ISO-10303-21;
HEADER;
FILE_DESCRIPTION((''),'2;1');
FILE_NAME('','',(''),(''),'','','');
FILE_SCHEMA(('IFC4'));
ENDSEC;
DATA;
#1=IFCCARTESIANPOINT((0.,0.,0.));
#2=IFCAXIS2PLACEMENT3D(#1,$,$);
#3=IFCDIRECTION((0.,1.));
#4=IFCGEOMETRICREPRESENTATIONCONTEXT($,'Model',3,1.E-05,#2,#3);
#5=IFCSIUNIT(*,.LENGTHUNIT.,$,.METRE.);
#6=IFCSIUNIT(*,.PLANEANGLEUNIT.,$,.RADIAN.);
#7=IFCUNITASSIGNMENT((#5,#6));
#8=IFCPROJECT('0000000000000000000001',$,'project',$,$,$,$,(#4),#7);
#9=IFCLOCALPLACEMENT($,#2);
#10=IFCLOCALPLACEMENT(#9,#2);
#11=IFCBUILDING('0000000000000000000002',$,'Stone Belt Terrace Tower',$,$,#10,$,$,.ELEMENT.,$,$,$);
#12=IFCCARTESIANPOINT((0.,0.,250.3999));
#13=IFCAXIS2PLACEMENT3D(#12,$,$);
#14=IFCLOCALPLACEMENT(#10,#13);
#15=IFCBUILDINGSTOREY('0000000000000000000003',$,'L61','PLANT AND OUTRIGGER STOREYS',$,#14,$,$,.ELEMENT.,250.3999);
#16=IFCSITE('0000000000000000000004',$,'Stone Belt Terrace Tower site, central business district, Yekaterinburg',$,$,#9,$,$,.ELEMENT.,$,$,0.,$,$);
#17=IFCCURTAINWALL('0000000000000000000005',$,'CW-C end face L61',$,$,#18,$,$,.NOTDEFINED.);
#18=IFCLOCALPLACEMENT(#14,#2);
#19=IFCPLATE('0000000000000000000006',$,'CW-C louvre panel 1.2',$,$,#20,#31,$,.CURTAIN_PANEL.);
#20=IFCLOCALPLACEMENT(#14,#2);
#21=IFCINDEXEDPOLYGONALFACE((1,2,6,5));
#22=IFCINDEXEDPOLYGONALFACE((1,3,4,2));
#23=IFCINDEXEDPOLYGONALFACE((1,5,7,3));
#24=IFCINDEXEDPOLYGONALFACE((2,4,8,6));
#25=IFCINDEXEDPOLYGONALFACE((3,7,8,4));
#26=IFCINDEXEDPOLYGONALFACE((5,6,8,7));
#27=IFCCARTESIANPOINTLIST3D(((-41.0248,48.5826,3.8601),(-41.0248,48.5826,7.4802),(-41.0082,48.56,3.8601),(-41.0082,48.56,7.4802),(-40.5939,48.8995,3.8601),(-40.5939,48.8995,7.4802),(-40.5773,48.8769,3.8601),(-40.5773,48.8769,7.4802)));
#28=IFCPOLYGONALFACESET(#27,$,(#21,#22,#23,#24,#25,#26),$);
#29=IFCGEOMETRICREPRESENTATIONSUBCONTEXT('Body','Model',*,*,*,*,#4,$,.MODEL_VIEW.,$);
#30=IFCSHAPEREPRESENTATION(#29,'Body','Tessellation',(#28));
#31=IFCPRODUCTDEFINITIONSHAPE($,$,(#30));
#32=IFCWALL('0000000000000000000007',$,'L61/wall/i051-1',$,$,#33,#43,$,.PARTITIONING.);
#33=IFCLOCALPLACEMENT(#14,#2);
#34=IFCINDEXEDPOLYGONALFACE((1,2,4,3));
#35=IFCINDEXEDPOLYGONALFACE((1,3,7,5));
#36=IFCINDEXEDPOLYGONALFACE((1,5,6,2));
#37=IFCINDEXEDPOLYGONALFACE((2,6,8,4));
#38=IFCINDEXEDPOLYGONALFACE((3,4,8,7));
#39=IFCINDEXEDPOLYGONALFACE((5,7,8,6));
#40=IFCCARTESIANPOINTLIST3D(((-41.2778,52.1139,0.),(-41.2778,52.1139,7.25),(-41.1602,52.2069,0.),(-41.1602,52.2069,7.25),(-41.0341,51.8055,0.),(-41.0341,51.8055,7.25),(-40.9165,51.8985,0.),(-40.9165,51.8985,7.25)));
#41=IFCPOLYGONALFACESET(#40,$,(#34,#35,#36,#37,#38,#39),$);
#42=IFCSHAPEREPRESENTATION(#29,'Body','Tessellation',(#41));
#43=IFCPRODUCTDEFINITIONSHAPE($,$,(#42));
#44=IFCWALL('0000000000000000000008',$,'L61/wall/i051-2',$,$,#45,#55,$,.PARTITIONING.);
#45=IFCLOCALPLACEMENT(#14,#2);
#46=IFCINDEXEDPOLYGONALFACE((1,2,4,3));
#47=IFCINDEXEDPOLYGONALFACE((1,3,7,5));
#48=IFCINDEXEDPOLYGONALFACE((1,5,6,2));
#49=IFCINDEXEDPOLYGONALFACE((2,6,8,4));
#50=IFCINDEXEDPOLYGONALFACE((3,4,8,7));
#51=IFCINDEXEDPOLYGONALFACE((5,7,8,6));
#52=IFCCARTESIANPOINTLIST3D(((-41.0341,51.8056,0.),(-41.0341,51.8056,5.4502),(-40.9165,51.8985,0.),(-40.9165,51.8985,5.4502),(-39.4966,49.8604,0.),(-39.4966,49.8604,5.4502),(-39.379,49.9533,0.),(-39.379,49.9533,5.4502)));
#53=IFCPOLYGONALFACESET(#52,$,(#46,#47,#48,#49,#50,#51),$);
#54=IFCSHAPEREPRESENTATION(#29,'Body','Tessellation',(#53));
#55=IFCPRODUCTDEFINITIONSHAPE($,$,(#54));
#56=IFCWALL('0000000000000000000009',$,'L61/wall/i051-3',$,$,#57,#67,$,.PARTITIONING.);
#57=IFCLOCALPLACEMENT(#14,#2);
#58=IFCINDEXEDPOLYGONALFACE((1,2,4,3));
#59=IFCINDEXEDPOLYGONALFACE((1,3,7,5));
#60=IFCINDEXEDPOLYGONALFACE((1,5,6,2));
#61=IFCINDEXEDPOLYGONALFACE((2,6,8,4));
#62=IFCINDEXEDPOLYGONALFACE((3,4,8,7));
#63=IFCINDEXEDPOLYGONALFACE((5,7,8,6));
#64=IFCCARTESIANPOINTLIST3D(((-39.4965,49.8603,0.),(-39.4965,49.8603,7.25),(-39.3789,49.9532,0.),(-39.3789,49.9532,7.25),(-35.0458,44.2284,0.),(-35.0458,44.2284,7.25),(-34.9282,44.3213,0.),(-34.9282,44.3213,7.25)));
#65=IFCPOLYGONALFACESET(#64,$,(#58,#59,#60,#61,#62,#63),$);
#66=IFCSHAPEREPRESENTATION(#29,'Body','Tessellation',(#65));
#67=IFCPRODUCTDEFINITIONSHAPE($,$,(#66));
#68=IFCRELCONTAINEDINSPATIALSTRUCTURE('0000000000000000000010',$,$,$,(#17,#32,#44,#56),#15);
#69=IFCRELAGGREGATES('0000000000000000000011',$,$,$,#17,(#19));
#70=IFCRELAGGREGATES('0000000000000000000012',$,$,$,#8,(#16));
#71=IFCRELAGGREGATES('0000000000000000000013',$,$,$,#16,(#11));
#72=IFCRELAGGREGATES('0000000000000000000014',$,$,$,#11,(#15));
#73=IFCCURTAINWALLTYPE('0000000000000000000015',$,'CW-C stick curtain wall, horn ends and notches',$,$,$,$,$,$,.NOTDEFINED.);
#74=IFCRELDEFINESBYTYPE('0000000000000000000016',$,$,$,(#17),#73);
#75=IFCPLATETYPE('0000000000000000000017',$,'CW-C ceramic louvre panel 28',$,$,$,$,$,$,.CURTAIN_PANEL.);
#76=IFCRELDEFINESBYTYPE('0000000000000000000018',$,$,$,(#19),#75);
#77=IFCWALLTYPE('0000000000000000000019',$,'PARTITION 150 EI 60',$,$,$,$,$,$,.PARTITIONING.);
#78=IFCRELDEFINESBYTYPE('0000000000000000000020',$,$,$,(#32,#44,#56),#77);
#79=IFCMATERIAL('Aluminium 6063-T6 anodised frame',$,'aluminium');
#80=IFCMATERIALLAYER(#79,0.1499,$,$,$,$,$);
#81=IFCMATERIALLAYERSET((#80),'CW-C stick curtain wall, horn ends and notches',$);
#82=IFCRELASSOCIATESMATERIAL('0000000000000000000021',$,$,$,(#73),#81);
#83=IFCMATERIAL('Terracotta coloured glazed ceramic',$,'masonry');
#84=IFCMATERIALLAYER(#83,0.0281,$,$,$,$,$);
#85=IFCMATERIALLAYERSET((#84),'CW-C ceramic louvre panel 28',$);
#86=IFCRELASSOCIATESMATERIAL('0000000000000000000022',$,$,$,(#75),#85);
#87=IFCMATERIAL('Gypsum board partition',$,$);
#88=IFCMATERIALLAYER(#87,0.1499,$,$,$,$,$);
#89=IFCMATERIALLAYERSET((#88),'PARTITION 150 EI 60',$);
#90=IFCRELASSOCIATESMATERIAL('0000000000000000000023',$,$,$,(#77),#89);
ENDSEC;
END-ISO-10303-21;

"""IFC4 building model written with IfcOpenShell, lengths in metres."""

from ifc_helpers import new_model, si_unit, direction, frame, frame_2d, origin, origin_2d, place, context, subcontext, project, spatial, rectangle, extrude, material, layer, layer_set, type_object, element, aggregate, save


model = new_model("IFC4")

# Units and contexts
model_context = context("Model", 3, precision=1e-05, world=origin(), true_north=direction((0.0, 1.0)))
body_context = subcontext(model_context, "Body", "Model", "MODEL_VIEW")
ifc_project = project(units=[si_unit("LENGTHUNIT", "METRE"), si_unit("PLANEANGLEUNIT", "RADIAN")], contexts=[model_context])

# Site, building, storey
site_placement = place(None, origin())
site = spatial("IfcSite", under=ifc_project, at=site_placement, Name="Stone Belt Terrace Tower site, central business district, Yekaterinburg", CompositionType="ELEMENT", RefElevation=0.0)
building_placement = place(site_placement, origin())
building = spatial("IfcBuilding", under=site, at=building_placement, Name="Stone Belt Terrace Tower", CompositionType="ELEMENT")
storey_placement = place(building_placement, frame((0.0, 0.0, 250.3999)))
storey = spatial("IfcBuildingStorey", under=building, at=storey_placement, Name="L61", Description="PLANT AND OUTRIGGER STOREYS", CompositionType="ELEMENT", Elevation=250.3999)

# Shared definitions
ifc_material_1 = material(Name="Aluminium 6063-T6 anodised frame", Category="aluminium")

# Curtain wall
ifc_layer_1 = layer(ifc_material_1, 0.1499)
ifc_layer_set_1 = layer_set([ifc_layer_1], Name="CW-C stick curtain wall, horn ends and notches")
curtain_wall_type_1 = type_object("IfcCurtainWallType", Name="CW-C stick curtain wall, horn ends and notches", PredefinedType="NOTDEFINED", material=ifc_layer_set_1)
curtain_wall_1_placement = place(storey_placement, origin())
curtain_wall_1 = element("IfcCurtainWall", 1, at=curtain_wall_1_placement, inside=storey, type_object=curtain_wall_type_1, Name="CW-C end face L61", PredefinedType="NOTDEFINED")

# Plate
ifc_material_2 = material(Name="Terracotta coloured glazed ceramic", Category="masonry")
ifc_layer_2 = layer(ifc_material_2, 0.0281)
ifc_layer_set_2 = layer_set([ifc_layer_2], Name="CW-C ceramic louvre panel 28")
plate_type_1 = type_object("IfcPlateType", Name="CW-C ceramic louvre panel 28", PredefinedType="CURTAIN_PANEL", material=ifc_layer_set_2)
plate_1_placement = place(storey_placement, frame((-40.801, 48.7297, 3.8601), z_axis=(0.0, 0.0, 1.0), x_axis=(-0.805576, -0.592492, 0.0)))
plate_1 = element("IfcPlate", 2, at=plate_1_placement, type_object=plate_type_1, Name="CW-C louvre panel 1.2", PredefinedType="CURTAIN_PANEL", context=body_context, shape_type="SweptSolid", body=[
    extrude(rectangle(XDim=0.5349, YDim=0.0281, at=origin_2d()), origin(), (0.0, 0.0, 1.0), 3.6201),
])
aggregate(curtain_wall_1, [plate_1])

# Walls
ifc_material_3 = material(Name="Gypsum board partition")
ifc_layer_3 = layer(ifc_material_3, 0.1499)
ifc_layer_set_3 = layer_set([ifc_layer_3], Name="PARTITION 150 EI 60")
wall_type = type_object("IfcWallType", Name="PARTITION 150 EI 60", PredefinedType="PARTITIONING", material=ifc_layer_set_3)
wall_1_placement = place(storey_placement, frame((-41.219, 52.1604, 0.0), z_axis=(0.0, 0.0, 1.0), x_axis=(0.619987, -0.784612, 0.0)))
element("IfcWall", 3, at=wall_1_placement, inside=storey, type_object=wall_type, Name="L61/wall/i051-1", PredefinedType="PARTITIONING", context=body_context, shape_type="SweptSolid", body=[
    extrude(rectangle(XDim=0.3931, YDim=0.1499, at=frame_2d((0.1965, 0.0))), origin(), (0.0, 0.0, 1.0), 7.25),
])
wall_2_placement = place(storey_placement, frame((-40.9753, 51.8521, 0.0), z_axis=(0.0, 0.0, 1.0), x_axis=(0.620098, -0.784525, 0.0)))
element("IfcWall", 4, at=wall_2_placement, inside=storey, type_object=wall_type, Name="L61/wall/i051-2", PredefinedType="PARTITIONING", context=body_context, shape_type="SweptSolid", body=[
    extrude(rectangle(XDim=2.4795, YDim=0.1499, at=frame_2d((1.2397, 0.0))), origin(), (0.0, 0.0, 1.0), 5.4502),
])
wall_3_placement = place(storey_placement, frame((-39.4377, 49.9067, 0.0), z_axis=(0.0, 0.0, 1.0), x_axis=(0.62003, -0.784578, 0.0)))
element("IfcWall", 5, at=wall_3_placement, inside=storey, type_object=wall_type, Name="L61/wall/i051-3", PredefinedType="PARTITIONING", context=body_context, shape_type="SweptSolid", body=[
    extrude(rectangle(XDim=7.1782, YDim=0.1499, at=frame_2d((3.5891, 0.0))), origin(), (0.0, 0.0, 1.0), 7.25),
])

save(model, "model.ifc")
